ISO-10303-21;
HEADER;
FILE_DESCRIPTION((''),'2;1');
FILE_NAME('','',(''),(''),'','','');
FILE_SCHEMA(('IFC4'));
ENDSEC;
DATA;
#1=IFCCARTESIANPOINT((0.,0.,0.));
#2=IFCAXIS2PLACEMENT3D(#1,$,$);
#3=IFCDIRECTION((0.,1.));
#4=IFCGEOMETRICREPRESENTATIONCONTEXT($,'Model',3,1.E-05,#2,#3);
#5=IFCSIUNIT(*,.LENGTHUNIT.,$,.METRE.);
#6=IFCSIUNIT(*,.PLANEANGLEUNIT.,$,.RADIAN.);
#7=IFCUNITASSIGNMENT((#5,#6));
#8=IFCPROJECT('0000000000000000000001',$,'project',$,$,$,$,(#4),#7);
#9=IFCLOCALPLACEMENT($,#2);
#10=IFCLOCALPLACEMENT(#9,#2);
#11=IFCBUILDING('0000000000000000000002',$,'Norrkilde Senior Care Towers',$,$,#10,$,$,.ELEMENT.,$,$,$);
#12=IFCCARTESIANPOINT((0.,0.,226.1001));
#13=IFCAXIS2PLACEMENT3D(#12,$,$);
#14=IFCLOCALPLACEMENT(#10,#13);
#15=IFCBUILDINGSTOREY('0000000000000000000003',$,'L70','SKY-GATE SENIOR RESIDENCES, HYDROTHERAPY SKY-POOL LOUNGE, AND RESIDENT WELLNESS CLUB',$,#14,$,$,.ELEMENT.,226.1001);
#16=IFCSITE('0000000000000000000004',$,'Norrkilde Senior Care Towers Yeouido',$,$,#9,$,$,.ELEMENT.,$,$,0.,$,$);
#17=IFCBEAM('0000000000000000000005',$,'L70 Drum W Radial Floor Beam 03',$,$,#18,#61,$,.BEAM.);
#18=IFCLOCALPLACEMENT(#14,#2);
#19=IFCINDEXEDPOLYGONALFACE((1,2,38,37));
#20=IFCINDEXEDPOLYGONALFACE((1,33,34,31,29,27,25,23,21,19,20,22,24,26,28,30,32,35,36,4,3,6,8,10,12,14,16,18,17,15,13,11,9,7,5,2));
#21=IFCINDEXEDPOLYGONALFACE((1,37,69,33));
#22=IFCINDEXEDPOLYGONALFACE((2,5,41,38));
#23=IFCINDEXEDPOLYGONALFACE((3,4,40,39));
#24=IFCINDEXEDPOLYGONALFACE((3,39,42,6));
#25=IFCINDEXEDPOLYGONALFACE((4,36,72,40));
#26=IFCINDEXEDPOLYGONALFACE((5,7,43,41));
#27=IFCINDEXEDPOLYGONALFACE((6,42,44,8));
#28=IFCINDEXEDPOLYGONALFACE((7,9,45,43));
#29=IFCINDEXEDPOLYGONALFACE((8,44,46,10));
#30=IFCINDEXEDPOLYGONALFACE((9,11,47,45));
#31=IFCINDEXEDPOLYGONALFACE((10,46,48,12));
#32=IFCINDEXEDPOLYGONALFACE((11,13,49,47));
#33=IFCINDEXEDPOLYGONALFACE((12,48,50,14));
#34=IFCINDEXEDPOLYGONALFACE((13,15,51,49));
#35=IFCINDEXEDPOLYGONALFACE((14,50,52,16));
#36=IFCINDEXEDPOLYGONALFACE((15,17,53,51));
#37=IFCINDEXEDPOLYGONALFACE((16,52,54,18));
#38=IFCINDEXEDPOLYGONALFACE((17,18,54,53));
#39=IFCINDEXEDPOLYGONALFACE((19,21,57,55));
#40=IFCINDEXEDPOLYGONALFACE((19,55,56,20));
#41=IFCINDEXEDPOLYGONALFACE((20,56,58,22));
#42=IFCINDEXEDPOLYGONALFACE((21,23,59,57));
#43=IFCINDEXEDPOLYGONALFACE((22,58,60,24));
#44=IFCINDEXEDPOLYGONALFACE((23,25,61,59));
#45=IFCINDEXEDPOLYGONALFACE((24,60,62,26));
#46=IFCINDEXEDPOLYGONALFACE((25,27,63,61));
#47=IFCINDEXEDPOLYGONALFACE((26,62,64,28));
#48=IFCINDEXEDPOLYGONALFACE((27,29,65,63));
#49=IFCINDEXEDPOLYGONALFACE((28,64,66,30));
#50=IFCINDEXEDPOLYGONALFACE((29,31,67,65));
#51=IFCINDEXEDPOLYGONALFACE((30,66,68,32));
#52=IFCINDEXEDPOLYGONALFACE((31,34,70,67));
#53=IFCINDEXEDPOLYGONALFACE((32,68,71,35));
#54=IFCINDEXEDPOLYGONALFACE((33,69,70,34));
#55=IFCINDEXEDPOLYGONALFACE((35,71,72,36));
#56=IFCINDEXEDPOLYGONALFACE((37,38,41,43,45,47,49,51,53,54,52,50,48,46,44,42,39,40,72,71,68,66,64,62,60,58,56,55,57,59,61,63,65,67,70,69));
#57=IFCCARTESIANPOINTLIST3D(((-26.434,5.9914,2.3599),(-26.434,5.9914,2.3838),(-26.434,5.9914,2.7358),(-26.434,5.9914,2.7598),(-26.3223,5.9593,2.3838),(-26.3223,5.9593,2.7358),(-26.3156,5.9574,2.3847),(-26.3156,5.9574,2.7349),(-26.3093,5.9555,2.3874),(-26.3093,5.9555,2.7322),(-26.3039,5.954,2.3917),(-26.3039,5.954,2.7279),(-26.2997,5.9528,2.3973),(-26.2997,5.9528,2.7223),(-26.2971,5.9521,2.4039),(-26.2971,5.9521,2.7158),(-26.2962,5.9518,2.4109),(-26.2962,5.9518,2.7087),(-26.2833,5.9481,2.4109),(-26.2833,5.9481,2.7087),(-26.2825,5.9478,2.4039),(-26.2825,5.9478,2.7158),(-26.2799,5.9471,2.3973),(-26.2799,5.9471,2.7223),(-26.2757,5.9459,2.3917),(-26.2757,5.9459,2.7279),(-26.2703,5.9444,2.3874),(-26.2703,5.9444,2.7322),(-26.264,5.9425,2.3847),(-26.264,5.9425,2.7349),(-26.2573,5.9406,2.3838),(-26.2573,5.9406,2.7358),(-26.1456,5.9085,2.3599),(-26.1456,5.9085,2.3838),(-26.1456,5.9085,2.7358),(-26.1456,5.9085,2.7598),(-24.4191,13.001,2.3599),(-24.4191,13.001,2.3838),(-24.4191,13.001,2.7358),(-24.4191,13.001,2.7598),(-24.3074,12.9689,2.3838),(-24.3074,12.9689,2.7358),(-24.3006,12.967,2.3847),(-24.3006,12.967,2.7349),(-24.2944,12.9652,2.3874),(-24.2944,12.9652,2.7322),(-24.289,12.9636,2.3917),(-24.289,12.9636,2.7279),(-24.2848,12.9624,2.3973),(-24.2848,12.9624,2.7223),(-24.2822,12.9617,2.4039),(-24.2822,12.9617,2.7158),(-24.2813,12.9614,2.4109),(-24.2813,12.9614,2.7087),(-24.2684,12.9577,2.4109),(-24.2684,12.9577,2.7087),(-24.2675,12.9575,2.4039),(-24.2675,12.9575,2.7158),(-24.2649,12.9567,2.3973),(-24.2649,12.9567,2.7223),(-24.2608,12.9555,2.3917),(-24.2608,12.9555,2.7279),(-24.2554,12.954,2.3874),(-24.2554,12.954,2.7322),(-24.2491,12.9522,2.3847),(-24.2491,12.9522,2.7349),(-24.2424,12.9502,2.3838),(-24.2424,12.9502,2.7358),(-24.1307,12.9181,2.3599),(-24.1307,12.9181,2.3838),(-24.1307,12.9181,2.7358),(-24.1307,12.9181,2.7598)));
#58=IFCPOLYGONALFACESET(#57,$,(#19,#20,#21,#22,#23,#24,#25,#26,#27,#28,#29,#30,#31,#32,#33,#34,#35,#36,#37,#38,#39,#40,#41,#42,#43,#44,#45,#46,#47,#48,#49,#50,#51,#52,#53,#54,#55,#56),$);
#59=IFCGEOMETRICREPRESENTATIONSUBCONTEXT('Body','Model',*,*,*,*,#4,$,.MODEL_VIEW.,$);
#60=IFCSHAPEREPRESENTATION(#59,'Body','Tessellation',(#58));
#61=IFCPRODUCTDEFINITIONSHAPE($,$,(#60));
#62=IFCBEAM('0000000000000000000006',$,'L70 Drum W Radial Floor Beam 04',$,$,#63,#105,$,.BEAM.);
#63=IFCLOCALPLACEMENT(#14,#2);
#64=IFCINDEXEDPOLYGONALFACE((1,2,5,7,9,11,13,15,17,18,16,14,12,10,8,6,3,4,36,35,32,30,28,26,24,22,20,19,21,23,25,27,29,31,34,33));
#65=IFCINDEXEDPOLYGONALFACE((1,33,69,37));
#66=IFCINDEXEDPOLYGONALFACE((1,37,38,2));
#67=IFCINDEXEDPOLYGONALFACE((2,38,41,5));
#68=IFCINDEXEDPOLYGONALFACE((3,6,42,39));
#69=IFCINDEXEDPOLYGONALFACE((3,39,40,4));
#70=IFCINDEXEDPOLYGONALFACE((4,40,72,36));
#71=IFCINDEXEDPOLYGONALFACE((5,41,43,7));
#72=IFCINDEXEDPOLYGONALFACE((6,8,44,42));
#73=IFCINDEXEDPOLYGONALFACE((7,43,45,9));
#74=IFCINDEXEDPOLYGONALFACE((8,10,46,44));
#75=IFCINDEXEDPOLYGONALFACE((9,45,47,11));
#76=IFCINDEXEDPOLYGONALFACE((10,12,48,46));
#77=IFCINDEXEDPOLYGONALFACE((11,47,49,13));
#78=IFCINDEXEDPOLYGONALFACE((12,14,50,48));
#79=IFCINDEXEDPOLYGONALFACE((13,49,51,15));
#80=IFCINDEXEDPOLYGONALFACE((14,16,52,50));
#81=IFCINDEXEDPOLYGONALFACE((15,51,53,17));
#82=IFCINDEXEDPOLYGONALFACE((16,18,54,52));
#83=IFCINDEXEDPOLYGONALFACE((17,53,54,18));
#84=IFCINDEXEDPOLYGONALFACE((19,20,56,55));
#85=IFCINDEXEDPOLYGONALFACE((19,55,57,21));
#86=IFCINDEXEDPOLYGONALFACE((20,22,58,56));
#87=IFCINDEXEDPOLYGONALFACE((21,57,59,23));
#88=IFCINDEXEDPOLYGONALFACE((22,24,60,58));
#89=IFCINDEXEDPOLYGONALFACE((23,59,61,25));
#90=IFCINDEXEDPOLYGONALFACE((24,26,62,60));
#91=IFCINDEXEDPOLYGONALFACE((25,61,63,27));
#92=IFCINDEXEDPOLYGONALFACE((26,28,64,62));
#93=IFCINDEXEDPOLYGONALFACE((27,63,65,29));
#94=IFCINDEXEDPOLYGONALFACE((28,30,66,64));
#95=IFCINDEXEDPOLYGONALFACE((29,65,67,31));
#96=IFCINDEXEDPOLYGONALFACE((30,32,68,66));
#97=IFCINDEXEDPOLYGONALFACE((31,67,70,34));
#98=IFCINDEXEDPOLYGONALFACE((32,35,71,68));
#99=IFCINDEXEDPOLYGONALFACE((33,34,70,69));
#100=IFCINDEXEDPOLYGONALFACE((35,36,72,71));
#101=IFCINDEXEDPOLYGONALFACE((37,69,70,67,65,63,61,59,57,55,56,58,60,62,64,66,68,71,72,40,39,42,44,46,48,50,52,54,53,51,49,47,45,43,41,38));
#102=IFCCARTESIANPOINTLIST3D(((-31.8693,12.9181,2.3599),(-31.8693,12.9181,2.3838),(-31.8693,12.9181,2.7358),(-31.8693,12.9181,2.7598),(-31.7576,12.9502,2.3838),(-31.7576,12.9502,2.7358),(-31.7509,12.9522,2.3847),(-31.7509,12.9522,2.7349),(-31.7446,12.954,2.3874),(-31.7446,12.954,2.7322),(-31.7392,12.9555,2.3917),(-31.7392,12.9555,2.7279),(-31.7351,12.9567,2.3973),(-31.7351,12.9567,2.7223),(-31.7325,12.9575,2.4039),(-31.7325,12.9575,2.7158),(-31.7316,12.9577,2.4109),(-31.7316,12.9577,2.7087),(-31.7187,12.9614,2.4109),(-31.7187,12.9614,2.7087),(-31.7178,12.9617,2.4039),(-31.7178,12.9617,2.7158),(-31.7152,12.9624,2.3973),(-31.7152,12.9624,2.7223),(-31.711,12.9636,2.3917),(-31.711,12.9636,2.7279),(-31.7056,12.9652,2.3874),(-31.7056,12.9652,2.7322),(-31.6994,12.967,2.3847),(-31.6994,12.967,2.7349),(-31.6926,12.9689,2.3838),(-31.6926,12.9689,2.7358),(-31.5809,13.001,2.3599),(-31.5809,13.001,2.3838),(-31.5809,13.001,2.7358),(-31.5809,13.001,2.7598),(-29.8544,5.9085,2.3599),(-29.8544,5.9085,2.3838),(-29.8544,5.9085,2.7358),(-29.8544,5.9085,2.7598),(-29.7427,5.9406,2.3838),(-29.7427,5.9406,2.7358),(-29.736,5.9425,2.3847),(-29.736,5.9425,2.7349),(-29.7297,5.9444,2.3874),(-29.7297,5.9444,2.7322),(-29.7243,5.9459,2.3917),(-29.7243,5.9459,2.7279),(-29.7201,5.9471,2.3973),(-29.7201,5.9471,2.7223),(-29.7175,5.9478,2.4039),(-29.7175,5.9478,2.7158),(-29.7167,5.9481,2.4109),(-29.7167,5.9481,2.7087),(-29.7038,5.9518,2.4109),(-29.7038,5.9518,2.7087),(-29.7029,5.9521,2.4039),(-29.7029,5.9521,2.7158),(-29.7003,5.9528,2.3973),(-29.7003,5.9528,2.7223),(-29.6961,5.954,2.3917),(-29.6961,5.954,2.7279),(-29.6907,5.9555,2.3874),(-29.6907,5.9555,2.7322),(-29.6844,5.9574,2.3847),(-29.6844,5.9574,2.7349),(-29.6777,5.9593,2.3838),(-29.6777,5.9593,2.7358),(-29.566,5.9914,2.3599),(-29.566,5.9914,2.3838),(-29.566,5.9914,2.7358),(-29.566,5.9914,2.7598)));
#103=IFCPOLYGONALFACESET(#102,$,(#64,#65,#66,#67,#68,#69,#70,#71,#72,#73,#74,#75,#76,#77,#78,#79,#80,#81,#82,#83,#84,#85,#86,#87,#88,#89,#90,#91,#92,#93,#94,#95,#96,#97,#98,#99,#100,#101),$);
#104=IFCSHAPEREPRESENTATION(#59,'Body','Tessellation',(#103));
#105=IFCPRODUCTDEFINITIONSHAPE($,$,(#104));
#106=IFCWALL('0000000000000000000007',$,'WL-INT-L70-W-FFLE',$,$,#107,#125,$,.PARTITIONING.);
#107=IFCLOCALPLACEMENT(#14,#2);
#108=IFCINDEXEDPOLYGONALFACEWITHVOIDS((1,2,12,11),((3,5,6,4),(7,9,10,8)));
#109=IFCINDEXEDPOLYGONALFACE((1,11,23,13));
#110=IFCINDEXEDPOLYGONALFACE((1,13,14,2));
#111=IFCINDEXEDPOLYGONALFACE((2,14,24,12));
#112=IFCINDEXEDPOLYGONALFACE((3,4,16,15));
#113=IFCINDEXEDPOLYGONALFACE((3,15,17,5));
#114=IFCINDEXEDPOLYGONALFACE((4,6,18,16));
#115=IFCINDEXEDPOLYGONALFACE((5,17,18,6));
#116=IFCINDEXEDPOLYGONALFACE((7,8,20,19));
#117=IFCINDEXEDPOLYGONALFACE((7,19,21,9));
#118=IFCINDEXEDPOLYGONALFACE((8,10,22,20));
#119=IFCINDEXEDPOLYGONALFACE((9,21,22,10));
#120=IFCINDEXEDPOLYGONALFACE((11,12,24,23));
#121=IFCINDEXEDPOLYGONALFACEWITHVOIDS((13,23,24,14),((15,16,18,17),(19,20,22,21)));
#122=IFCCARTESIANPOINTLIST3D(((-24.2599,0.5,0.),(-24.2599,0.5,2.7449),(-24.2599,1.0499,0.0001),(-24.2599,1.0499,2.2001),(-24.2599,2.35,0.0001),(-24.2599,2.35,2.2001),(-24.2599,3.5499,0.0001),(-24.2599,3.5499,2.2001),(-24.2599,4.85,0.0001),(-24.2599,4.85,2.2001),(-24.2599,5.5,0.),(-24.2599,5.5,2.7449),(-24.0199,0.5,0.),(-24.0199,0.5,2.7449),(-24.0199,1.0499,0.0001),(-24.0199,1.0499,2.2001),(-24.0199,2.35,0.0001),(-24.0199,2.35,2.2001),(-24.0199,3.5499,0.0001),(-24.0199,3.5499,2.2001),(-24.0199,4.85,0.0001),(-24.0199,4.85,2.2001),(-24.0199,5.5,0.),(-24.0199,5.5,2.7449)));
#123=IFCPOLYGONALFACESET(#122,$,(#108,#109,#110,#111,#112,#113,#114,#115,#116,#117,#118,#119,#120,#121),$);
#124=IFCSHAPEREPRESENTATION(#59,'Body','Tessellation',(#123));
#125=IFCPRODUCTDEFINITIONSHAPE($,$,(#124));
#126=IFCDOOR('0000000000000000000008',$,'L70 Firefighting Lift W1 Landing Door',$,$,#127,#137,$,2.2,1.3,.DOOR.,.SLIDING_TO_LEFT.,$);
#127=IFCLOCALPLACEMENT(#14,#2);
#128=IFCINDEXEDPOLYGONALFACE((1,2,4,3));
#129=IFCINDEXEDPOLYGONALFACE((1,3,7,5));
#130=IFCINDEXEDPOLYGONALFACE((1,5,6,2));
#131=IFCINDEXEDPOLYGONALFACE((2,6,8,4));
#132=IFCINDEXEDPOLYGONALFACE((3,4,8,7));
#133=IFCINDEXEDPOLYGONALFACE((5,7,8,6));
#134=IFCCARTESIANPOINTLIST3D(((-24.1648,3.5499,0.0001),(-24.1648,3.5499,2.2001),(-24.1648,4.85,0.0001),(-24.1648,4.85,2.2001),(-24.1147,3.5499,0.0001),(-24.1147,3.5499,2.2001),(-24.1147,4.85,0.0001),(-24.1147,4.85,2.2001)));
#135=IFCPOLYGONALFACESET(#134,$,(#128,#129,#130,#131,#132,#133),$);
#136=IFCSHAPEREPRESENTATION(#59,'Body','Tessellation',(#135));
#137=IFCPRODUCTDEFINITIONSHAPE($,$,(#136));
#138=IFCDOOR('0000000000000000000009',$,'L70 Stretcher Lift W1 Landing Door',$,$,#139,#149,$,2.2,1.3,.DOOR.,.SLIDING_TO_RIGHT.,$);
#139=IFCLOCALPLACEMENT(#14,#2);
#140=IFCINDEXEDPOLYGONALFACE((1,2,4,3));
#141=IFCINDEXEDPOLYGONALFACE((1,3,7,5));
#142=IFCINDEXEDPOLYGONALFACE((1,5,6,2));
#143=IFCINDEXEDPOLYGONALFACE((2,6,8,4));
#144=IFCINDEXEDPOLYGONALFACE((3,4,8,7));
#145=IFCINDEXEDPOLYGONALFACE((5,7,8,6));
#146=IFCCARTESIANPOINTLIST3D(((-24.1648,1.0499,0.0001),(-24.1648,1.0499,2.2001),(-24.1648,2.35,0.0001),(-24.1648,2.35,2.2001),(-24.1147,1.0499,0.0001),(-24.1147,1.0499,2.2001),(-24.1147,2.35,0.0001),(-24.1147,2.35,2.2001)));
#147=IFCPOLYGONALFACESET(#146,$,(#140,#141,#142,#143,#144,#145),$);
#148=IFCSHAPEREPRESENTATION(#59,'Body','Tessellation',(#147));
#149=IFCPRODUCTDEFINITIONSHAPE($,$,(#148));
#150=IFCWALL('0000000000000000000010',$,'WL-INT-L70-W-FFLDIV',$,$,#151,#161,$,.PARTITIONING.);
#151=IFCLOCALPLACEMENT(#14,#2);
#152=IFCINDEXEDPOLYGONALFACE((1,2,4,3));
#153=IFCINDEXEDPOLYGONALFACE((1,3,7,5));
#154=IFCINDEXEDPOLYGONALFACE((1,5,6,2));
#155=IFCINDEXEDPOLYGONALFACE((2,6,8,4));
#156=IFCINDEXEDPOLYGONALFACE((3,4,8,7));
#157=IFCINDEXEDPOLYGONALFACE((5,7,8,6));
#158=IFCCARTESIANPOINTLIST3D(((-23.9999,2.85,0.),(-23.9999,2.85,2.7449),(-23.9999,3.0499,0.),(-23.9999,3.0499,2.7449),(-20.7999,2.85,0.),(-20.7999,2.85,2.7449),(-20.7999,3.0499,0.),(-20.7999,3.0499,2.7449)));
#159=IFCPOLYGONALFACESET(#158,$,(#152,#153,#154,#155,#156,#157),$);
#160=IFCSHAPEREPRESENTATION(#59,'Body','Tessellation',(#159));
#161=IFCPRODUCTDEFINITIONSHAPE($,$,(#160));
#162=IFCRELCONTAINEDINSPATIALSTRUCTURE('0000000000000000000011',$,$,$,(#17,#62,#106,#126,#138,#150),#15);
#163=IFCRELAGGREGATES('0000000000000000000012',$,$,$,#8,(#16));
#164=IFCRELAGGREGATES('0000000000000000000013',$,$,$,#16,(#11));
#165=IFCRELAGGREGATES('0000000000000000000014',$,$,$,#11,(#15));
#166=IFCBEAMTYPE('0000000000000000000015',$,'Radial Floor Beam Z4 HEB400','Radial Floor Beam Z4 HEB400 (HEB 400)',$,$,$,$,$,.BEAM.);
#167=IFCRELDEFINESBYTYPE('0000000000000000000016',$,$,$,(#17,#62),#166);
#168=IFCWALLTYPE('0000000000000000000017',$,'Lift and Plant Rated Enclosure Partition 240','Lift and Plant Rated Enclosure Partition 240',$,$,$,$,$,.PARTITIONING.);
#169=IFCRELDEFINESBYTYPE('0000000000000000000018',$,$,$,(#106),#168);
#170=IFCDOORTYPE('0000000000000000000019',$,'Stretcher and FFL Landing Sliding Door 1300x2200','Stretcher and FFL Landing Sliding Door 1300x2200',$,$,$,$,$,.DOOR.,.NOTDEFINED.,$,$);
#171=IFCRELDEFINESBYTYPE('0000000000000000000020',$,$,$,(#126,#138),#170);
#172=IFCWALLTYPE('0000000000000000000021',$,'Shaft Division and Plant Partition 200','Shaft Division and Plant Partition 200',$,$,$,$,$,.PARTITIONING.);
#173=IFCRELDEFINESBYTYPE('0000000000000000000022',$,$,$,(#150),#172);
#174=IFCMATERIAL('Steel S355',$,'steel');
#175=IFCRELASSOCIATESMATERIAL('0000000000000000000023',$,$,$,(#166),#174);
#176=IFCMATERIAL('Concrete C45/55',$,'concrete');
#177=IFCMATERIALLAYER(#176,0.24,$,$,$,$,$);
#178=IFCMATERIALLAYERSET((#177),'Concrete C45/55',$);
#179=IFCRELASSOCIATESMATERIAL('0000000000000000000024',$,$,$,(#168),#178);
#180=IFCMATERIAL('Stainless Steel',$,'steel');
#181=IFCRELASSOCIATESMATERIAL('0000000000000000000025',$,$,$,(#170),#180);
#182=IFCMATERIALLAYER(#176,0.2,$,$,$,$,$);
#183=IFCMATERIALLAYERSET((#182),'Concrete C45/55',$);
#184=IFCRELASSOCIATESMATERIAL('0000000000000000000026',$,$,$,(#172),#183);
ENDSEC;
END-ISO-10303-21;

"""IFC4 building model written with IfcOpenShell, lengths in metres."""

from ifc_helpers import new_model, si_unit, direction, frame, frame_2d, origin, origin_2d, place, context, subcontext, project, spatial, rectangle, i_section, extrude, source, transform, mapped, material, layer, layer_set, material_profile, profile_set, type_object, type_shapes, element, fill, save


model = new_model("IFC4")

# Units and contexts
model_context = context("Model", 3, precision=1e-05, world=origin(), true_north=direction((0.0, 1.0)))
body_context = subcontext(model_context, "Body", "Model", "MODEL_VIEW")
ifc_project = project(units=[si_unit("LENGTHUNIT", "METRE"), si_unit("PLANEANGLEUNIT", "RADIAN")], contexts=[model_context])

# Site, building, storey
site_placement = place(None, origin())
site = spatial("IfcSite", under=ifc_project, at=site_placement, Name="Norrkilde Senior Care Towers Yeouido", CompositionType="ELEMENT", RefElevation=0.0)
building_placement = place(site_placement, origin())
building = spatial("IfcBuilding", under=site, at=building_placement, Name="Norrkilde Senior Care Towers", CompositionType="ELEMENT")
storey_placement = place(building_placement, frame((0.0, 0.0, 226.1001)))
storey = spatial("IfcBuildingStorey", under=building, at=storey_placement, Name="L70", Description="SKY-GATE SENIOR RESIDENCES, HYDROTHERAPY SKY-POOL LOUNGE, AND RESIDENT WELLNESS CLUB", CompositionType="ELEMENT", Elevation=226.1001)

# Beams
ifc_material_1 = material(Name="Steel S355", Category="steel")
ifc_material_profile = material_profile(ifc_material_1, i_section(OverallWidth=0.3, OverallDepth=0.3999, WebThickness=0.0134, FlangeThickness=0.0239, FilletRadius=0.0271, at=origin_2d()), Name="HEB 400")
ifc_profile_set = profile_set([ifc_material_profile], Name="Steel S355")
beam_type = type_object("IfcBeamType", Name="Radial Floor Beam Z4 HEB400", Description="Radial Floor Beam Z4 HEB400 (HEB 400)", PredefinedType="BEAM", material=ifc_profile_set)
shared_shape_1 = source(origin(), body_context, "Body", "SweptSolid", [
    extrude(i_section(OverallWidth=0.3, OverallDepth=0.3999, WebThickness=0.0134, FlangeThickness=0.0239, FilletRadius=0.0271, at=origin_2d()), origin(), (0.0, 0.0, 1.0), 7.2935),
])
type_shapes(beam_type, [shared_shape_1])
for number, where, z_axis, x_axis, name in (
    (1, (-26.2898, 5.95, 2.5598), (0.276264, 0.961082, 0.0), (-0.961082, 0.276264, 0.0), "L70 Drum W Radial Floor Beam 03"),
    (2, (-29.7102, 5.95, 2.5598), (-0.276264, 0.961082, 0.0), (-0.961082, -0.276264, 0.0), "L70 Drum W Radial Floor Beam 04"),
):
    element("IfcBeam", number, at=place(storey_placement, frame(where, z_axis=z_axis, x_axis=x_axis)), inside=storey, type_object=beam_type, Name=name, PredefinedType="BEAM", context=body_context, shape_type="MappedRepresentation", body=[
        mapped(shared_shape_1, transform((0.0, 0.0, 0.0), x_axis=(1.0, 0.0, 0.0), y_axis=(0.0, 1.0, 0.0), z_axis=(0.0, 0.0, 1.0), scale=1.0)),
    ])

# Shared definitions
ifc_material_2 = material(Name="Concrete C45/55", Category="concrete")

# Wall, openings, doors
ifc_layer_1 = layer(ifc_material_2, 0.24)
ifc_layer_set_1 = layer_set([ifc_layer_1], Name="Concrete C45/55")
wall_type_1 = type_object("IfcWallType", Name="Lift and Plant Rated Enclosure Partition 240", Description="Lift and Plant Rated Enclosure Partition 240", PredefinedType="PARTITIONING", material=ifc_layer_set_1)
shared_shape_2 = source(origin(), body_context, "Body", "SweptSolid", [
    extrude(rectangle(XDim=5.0, YDim=0.24, at=frame_2d((2.5, 0.0))), origin(), (0.0, 0.0, 1.0), 2.7449),
])
type_shapes(wall_type_1, [shared_shape_2])
wall_1_placement = place(storey_placement, frame((-24.1399, 0.5, 0.0), z_axis=(0.0, 0.0, 1.0), x_axis=(0.0, 1.0, 0.0)))
wall_1 = element("IfcWall", 3, at=wall_1_placement, inside=storey, type_object=wall_type_1, Name="WL-INT-L70-W-FFLE", PredefinedType="PARTITIONING", context=body_context, shape_type="MappedRepresentation", body=[
    mapped(shared_shape_2, transform((0.0, 0.0, 0.0), x_axis=(1.0, 0.0, 0.0), y_axis=(0.0, 1.0, 0.0), z_axis=(0.0, 0.0, 1.0), scale=1.0)),
])
opening_1_placement = place(wall_1_placement, frame((3.05, 0.0, 0.0)))
opening_1 = element("IfcOpeningElement", 4, at=opening_1_placement, cuts=wall_1, PredefinedType="OPENING", context=body_context, shape_type="SweptSolid", body=[
    extrude(rectangle(XDim=1.3, YDim=2.2, at=frame_2d((0.6499, 1.1001))), frame((0.0, 0.1299, 0.0), z_axis=(0.0, -1.0, 0.0), x_axis=(1.0, 0.0, 0.0)), (0.0, 0.0, 1.0), 0.26),
])
opening_2_placement = place(wall_1_placement, frame((0.55, 0.0, 0.0)))
opening_2 = element("IfcOpeningElement", 5, at=opening_2_placement, cuts=wall_1, PredefinedType="OPENING", context=body_context, shape_type="SweptSolid", body=[
    extrude(rectangle(XDim=1.3, YDim=2.2, at=frame_2d((0.6499, 1.1001))), frame((0.0, 0.1299, 0.0), z_axis=(0.0, -1.0, 0.0), x_axis=(1.0, 0.0, 0.0)), (0.0, 0.0, 1.0), 0.26),
])
ifc_material_3 = material(Name="Stainless Steel", Category="steel")
door_type_1 = type_object("IfcDoorType", Name="Stretcher and FFL Landing Sliding Door 1300x2200", Description="Stretcher and FFL Landing Sliding Door 1300x2200", OperationType="NOTDEFINED", PredefinedType="DOOR", material=ifc_material_3)
shared_shape_3 = source(origin(), body_context, "Body", "SweptSolid", [
    extrude(rectangle(XDim=1.3, YDim=2.2, at=frame_2d((0.6499, 1.1001))), frame((0.0, 0.0249, 0.0), z_axis=(0.0, -1.0, 0.0), x_axis=(1.0, 0.0, 0.0)), (0.0, 0.0, 1.0), 0.05),
])
type_shapes(door_type_1, [shared_shape_3])
door_1_placement = place(opening_1_placement, origin())
door_1 = element("IfcDoor", 6, at=door_1_placement, inside=storey, type_object=door_type_1, Name="L70 Firefighting Lift W1 Landing Door", OperationType="SLIDING_TO_LEFT", OverallHeight=2.2, OverallWidth=1.3, PredefinedType="DOOR", context=body_context, shape_type="MappedRepresentation", body=[
    mapped(shared_shape_3, transform((0.0, 0.0, 0.0), x_axis=(1.0, 0.0, 0.0), y_axis=(0.0, 1.0, 0.0), z_axis=(0.0, 0.0, 1.0), scale=1.0)),
])
fill(opening_1, door_1)
door_2_placement = place(opening_2_placement, origin())
door_2 = element("IfcDoor", 7, at=door_2_placement, inside=storey, type_object=door_type_1, Name="L70 Stretcher Lift W1 Landing Door", OperationType="SLIDING_TO_RIGHT", OverallHeight=2.2, OverallWidth=1.3, PredefinedType="DOOR", context=body_context, shape_type="MappedRepresentation", body=[
    mapped(shared_shape_3, transform((0.0, 0.0, 0.0), x_axis=(1.0, 0.0, 0.0), y_axis=(0.0, 1.0, 0.0), z_axis=(0.0, 0.0, 1.0), scale=1.0)),
])
fill(opening_2, door_2)

# Wall
ifc_layer_2 = layer(ifc_material_2, 0.2)
ifc_layer_set_2 = layer_set([ifc_layer_2], Name="Concrete C45/55")
wall_type_2 = type_object("IfcWallType", Name="Shaft Division and Plant Partition 200", Description="Shaft Division and Plant Partition 200", PredefinedType="PARTITIONING", material=ifc_layer_set_2)
shared_shape_4 = source(origin(), body_context, "Body", "SweptSolid", [
    extrude(rectangle(XDim=3.2, YDim=0.2, at=frame_2d((1.6001, 0.0))), origin(), (0.0, 0.0, 1.0), 2.7449),
])
type_shapes(wall_type_2, [shared_shape_4])
wall_2_placement = place(storey_placement, frame((-24.0, 2.95, 0.0), z_axis=(0.0, 0.0, 1.0), x_axis=(1.0, 0.0, 0.0)))
element("IfcWall", 8, at=wall_2_placement, inside=storey, type_object=wall_type_2, Name="WL-INT-L70-W-FFLDIV", PredefinedType="PARTITIONING", context=body_context, shape_type="MappedRepresentation", body=[
    mapped(shared_shape_4, transform((0.0, 0.0, 0.0), x_axis=(1.0, 0.0, 0.0), y_axis=(0.0, 1.0, 0.0), z_axis=(0.0, 0.0, 1.0), scale=1.0)),
])

save(model, "model.ifc")
